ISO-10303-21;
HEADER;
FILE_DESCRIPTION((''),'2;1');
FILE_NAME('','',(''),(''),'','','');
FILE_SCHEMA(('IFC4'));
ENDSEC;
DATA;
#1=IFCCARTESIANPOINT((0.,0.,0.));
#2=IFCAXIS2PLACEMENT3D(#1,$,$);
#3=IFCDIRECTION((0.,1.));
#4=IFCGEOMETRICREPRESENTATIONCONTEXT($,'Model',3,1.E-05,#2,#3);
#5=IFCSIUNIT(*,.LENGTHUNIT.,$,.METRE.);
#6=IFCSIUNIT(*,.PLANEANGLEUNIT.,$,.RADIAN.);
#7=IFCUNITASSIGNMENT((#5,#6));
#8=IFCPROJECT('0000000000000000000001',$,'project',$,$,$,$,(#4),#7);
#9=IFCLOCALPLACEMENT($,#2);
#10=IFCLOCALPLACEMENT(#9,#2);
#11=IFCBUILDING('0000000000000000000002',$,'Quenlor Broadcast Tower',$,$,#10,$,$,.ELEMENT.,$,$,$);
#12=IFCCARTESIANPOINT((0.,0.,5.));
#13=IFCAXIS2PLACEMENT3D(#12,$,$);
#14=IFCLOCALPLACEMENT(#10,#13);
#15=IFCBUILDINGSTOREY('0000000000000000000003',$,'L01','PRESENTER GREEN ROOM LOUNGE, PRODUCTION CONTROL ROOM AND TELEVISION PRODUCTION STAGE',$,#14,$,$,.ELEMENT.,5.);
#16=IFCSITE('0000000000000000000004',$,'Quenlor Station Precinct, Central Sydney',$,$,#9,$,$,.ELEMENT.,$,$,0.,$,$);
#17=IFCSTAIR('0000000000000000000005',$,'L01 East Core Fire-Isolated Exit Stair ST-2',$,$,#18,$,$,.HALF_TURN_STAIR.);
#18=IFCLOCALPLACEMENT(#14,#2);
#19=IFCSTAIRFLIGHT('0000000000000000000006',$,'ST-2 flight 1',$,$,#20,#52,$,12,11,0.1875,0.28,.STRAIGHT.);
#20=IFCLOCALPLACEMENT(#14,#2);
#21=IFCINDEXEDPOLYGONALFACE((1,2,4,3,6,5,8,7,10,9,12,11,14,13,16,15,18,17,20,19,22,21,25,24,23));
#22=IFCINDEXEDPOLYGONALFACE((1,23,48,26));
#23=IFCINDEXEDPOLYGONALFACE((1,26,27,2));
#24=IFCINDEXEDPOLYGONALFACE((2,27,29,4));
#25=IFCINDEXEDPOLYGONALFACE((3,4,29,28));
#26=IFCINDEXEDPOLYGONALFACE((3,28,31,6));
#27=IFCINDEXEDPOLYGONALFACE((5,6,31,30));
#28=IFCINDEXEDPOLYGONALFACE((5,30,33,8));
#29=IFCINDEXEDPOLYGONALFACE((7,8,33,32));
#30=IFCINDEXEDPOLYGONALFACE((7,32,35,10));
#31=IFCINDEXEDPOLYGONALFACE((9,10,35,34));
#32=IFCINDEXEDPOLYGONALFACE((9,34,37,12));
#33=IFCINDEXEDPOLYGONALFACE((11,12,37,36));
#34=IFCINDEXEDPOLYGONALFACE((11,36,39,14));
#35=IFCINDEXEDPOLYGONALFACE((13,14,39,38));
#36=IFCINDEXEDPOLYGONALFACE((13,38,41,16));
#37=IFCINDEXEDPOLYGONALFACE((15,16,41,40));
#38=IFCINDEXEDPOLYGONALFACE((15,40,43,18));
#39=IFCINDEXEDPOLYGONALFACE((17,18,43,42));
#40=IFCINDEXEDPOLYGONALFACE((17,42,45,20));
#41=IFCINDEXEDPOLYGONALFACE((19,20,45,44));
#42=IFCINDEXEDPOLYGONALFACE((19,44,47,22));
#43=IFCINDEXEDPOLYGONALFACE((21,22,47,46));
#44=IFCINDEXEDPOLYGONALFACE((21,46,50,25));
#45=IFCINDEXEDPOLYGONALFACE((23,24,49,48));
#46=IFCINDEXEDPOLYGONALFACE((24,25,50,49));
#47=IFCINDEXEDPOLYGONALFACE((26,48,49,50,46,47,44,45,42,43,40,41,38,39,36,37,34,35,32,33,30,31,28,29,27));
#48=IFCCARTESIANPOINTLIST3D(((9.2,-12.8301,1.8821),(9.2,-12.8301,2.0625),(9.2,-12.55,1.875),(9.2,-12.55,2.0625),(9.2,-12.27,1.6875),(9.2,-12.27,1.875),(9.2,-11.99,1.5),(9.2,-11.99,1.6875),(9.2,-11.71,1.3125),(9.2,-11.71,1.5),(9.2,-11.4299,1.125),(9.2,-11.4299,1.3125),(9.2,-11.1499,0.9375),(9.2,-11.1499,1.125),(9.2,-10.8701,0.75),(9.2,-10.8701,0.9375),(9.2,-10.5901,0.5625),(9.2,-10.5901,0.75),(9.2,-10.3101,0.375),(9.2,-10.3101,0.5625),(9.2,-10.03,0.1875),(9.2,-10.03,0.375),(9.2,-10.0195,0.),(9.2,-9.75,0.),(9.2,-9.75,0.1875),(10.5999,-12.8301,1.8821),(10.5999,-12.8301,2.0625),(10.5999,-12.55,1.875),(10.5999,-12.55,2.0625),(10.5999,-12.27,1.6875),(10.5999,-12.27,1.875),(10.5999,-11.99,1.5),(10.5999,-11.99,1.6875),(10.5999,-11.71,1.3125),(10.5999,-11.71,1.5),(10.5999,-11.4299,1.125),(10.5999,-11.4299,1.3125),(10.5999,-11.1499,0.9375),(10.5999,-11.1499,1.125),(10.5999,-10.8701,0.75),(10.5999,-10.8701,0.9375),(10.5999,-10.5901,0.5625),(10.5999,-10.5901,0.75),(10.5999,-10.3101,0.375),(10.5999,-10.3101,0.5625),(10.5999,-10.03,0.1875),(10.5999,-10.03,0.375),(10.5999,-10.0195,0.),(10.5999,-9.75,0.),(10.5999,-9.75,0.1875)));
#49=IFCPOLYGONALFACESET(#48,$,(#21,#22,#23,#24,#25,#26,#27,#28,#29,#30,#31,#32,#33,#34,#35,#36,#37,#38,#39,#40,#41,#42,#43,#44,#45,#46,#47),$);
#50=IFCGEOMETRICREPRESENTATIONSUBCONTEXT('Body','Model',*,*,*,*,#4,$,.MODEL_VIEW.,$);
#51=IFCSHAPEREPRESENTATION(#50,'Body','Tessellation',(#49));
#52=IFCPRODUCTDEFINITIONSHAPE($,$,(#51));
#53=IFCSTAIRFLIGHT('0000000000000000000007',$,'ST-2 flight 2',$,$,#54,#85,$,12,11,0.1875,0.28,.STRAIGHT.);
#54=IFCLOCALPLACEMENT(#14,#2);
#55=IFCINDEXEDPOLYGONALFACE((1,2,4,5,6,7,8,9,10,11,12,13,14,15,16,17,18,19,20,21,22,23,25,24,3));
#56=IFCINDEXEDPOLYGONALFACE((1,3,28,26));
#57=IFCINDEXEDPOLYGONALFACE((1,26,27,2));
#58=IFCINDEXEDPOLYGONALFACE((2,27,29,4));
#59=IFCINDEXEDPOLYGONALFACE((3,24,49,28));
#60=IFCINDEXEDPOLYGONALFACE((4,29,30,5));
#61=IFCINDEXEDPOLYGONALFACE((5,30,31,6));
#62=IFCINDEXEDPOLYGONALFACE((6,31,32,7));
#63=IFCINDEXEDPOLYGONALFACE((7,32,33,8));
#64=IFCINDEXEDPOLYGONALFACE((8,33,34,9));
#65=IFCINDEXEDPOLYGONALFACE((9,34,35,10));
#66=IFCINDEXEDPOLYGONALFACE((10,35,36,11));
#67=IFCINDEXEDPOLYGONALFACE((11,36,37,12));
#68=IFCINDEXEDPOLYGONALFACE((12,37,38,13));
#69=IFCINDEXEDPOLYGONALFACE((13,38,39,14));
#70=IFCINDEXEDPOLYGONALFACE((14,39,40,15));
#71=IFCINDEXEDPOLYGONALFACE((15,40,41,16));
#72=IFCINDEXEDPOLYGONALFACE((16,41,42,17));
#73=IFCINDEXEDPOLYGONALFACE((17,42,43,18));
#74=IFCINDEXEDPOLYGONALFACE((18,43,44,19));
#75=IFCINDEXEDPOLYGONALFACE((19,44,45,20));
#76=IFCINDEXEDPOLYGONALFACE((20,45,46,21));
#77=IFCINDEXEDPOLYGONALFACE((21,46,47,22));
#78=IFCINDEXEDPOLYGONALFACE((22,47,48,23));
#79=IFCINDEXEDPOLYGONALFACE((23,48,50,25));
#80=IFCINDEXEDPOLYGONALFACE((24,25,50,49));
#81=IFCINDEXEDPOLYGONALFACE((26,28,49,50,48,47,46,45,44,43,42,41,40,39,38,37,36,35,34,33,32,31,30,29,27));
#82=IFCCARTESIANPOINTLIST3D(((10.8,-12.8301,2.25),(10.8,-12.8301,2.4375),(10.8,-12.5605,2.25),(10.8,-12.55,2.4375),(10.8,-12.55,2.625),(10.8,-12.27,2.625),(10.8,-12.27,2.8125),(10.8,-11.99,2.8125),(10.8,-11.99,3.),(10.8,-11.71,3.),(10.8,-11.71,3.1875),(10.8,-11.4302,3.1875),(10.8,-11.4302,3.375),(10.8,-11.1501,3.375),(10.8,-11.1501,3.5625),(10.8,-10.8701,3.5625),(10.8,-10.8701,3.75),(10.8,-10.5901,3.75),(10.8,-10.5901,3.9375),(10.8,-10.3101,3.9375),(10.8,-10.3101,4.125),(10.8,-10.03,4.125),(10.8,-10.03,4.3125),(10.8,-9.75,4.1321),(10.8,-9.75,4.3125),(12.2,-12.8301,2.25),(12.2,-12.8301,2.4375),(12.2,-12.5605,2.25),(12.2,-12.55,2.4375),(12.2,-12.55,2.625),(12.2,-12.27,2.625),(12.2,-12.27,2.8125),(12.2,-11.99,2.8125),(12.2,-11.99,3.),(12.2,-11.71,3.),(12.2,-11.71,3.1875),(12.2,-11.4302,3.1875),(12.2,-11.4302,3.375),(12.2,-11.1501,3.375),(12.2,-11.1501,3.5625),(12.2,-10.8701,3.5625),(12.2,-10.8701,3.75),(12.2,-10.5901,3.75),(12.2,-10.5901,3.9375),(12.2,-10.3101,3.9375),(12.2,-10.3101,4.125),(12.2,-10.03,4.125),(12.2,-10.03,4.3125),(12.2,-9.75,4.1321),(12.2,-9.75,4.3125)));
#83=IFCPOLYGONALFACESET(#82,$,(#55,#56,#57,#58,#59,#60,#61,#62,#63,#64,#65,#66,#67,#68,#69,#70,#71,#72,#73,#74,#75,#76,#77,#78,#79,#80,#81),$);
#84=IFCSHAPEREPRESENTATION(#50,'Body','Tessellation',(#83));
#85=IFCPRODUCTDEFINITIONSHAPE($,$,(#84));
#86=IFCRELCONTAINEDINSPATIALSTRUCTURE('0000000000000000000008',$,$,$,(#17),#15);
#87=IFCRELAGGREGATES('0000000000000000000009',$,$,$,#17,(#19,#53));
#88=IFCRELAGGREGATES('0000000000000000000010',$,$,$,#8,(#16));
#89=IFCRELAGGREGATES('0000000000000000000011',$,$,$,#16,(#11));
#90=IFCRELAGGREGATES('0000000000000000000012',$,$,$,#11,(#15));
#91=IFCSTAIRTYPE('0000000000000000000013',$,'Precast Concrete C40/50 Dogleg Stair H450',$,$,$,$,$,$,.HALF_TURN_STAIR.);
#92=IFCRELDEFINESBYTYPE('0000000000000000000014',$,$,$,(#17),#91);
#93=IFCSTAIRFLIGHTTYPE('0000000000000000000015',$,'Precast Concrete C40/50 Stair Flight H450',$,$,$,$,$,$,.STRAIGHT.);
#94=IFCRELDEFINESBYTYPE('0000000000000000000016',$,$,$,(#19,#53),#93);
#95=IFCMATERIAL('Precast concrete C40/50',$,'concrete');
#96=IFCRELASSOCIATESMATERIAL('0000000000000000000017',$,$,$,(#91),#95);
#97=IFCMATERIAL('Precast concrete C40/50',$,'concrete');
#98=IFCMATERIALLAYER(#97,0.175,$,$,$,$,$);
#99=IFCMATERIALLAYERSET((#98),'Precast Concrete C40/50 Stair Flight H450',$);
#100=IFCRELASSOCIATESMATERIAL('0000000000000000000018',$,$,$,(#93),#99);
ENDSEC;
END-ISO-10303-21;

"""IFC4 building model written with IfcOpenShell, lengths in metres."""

from ifc_helpers import new_model, si_unit, direction, frame, origin, place, context, subcontext, project, spatial, polyline, outline, extrude, material, layer, layer_set, type_object, element, aggregate, save


model = new_model("IFC4")

# Units and contexts
model_context = context("Model", 3, precision=1e-05, world=origin(), true_north=direction((0.0, 1.0)))
body_context = subcontext(model_context, "Body", "Model", "MODEL_VIEW")
ifc_project = project(units=[si_unit("LENGTHUNIT", "METRE"), si_unit("PLANEANGLEUNIT", "RADIAN")], contexts=[model_context])

# Site, building, storey
site_placement = place(None, origin())
site = spatial("IfcSite", under=ifc_project, at=site_placement, Name="Quenlor Station Precinct, Central Sydney", CompositionType="ELEMENT", RefElevation=0.0)
building_placement = place(site_placement, origin())
building = spatial("IfcBuilding", under=site, at=building_placement, Name="Quenlor Broadcast Tower", CompositionType="ELEMENT")
storey_placement = place(building_placement, frame((0.0, 0.0, 5.0)))
storey = spatial("IfcBuildingStorey", under=building, at=storey_placement, Name="L01", Description="PRESENTER GREEN ROOM LOUNGE, PRODUCTION CONTROL ROOM AND TELEVISION PRODUCTION STAGE", CompositionType="ELEMENT", Elevation=5.0)

# Stair, stair flights
ifc_material_1 = material(Name="Precast concrete C40/50", Category="concrete")
stair_type = type_object("IfcStairType", Name="Precast Concrete C40/50 Dogleg Stair H450", PredefinedType="HALF_TURN_STAIR", material=ifc_material_1)
stair_placement = place(storey_placement, origin())
stair = element("IfcStair", 1, at=stair_placement, inside=storey, type_object=stair_type, Name="L01 East Core Fire-Isolated Exit Stair ST-2", PredefinedType="HALF_TURN_STAIR")
ifc_material_2 = material(Name="Precast concrete C40/50", Category="concrete")
ifc_layer_1 = layer(ifc_material_2, 0.175)
ifc_layer_set_1 = layer_set([ifc_layer_1], Name="Precast Concrete C40/50 Stair Flight H450")
stair_flight_type = type_object("IfcStairFlightType", Name="Precast Concrete C40/50 Stair Flight H450", PredefinedType="STRAIGHT", material=ifc_layer_set_1)
stair_flight_1_placement = place(storey_placement, frame((9.8999, -9.75, 0.0), z_axis=(0.0, 0.0, 1.0), x_axis=(0.0, -1.0, 0.0)))
stair_flight_1 = element("IfcStairFlight", 2, at=stair_flight_1_placement, type_object=stair_flight_type, Name="ST-2 flight 1", NumberOfRisers=12, NumberOfTreads=11, PredefinedType="STRAIGHT", RiserHeight=0.1875, TreadLength=0.28, context=body_context, shape_type="SweptSolid", body=[
    extrude(outline(polyline([(0.0, 0.0), (0.0, 0.1875), (0.28, 0.1875), (0.28, 0.375), (0.5601, 0.375), (0.5601, 0.5625), (0.8401, 0.5625), (0.8401, 0.75), (1.1201, 0.75), (1.1201, 0.9375), (1.3999, 0.9375), (1.3999, 1.125), (1.6799, 1.125), (1.6799, 1.3125), (1.96, 1.3125), (1.96, 1.5), (2.24, 1.5), (2.24, 1.6875), (2.52, 1.6875), (2.52, 1.875), (2.8, 1.875), (2.8, 2.0625), (3.0801, 2.0625), (3.0801, 2.25), (3.0801, 1.8821), (0.2695, 0.0), (0.0, 0.0)])), frame((0.0, 0.7, 0.0), z_axis=(0.0, -1.0, 0.0), x_axis=(1.0, 0.0, 0.0)), (0.0, 0.0, 1.0), 1.3999),
])
stair_flight_2_placement = place(storey_placement, frame((11.5, -12.8301, 2.25), z_axis=(0.0, 0.0, 1.0), x_axis=(0.0, 1.0, 0.0)))
stair_flight_2 = element("IfcStairFlight", 3, at=stair_flight_2_placement, type_object=stair_flight_type, Name="ST-2 flight 2", NumberOfRisers=12, NumberOfTreads=11, PredefinedType="STRAIGHT", RiserHeight=0.1875, TreadLength=0.28, context=body_context, shape_type="SweptSolid", body=[
    extrude(outline(polyline([(0.0, 0.0), (0.0, 0.1875), (0.28, 0.1875), (0.28, 0.375), (0.5601, 0.375), (0.5601, 0.5625), (0.8401, 0.5625), (0.8401, 0.75), (1.1201, 0.75), (1.1201, 0.9375), (1.3999, 0.9375), (1.3999, 1.125), (1.6799, 1.125), (1.6799, 1.3125), (1.96, 1.3125), (1.96, 1.5), (2.24, 1.5), (2.24, 1.6875), (2.52, 1.6875), (2.52, 1.875), (2.8, 1.875), (2.8, 2.0625), (3.0801, 2.0625), (3.0801, 2.25), (3.0801, 1.8821), (0.2695, 0.0), (0.0, 0.0)])), frame((0.0, 0.7, 0.0), z_axis=(0.0, -1.0, 0.0), x_axis=(1.0, 0.0, 0.0)), (0.0, 0.0, 1.0), 1.3999),
])
aggregate(stair, [stair_flight_1, stair_flight_2])

save(model, "model.ifc")
